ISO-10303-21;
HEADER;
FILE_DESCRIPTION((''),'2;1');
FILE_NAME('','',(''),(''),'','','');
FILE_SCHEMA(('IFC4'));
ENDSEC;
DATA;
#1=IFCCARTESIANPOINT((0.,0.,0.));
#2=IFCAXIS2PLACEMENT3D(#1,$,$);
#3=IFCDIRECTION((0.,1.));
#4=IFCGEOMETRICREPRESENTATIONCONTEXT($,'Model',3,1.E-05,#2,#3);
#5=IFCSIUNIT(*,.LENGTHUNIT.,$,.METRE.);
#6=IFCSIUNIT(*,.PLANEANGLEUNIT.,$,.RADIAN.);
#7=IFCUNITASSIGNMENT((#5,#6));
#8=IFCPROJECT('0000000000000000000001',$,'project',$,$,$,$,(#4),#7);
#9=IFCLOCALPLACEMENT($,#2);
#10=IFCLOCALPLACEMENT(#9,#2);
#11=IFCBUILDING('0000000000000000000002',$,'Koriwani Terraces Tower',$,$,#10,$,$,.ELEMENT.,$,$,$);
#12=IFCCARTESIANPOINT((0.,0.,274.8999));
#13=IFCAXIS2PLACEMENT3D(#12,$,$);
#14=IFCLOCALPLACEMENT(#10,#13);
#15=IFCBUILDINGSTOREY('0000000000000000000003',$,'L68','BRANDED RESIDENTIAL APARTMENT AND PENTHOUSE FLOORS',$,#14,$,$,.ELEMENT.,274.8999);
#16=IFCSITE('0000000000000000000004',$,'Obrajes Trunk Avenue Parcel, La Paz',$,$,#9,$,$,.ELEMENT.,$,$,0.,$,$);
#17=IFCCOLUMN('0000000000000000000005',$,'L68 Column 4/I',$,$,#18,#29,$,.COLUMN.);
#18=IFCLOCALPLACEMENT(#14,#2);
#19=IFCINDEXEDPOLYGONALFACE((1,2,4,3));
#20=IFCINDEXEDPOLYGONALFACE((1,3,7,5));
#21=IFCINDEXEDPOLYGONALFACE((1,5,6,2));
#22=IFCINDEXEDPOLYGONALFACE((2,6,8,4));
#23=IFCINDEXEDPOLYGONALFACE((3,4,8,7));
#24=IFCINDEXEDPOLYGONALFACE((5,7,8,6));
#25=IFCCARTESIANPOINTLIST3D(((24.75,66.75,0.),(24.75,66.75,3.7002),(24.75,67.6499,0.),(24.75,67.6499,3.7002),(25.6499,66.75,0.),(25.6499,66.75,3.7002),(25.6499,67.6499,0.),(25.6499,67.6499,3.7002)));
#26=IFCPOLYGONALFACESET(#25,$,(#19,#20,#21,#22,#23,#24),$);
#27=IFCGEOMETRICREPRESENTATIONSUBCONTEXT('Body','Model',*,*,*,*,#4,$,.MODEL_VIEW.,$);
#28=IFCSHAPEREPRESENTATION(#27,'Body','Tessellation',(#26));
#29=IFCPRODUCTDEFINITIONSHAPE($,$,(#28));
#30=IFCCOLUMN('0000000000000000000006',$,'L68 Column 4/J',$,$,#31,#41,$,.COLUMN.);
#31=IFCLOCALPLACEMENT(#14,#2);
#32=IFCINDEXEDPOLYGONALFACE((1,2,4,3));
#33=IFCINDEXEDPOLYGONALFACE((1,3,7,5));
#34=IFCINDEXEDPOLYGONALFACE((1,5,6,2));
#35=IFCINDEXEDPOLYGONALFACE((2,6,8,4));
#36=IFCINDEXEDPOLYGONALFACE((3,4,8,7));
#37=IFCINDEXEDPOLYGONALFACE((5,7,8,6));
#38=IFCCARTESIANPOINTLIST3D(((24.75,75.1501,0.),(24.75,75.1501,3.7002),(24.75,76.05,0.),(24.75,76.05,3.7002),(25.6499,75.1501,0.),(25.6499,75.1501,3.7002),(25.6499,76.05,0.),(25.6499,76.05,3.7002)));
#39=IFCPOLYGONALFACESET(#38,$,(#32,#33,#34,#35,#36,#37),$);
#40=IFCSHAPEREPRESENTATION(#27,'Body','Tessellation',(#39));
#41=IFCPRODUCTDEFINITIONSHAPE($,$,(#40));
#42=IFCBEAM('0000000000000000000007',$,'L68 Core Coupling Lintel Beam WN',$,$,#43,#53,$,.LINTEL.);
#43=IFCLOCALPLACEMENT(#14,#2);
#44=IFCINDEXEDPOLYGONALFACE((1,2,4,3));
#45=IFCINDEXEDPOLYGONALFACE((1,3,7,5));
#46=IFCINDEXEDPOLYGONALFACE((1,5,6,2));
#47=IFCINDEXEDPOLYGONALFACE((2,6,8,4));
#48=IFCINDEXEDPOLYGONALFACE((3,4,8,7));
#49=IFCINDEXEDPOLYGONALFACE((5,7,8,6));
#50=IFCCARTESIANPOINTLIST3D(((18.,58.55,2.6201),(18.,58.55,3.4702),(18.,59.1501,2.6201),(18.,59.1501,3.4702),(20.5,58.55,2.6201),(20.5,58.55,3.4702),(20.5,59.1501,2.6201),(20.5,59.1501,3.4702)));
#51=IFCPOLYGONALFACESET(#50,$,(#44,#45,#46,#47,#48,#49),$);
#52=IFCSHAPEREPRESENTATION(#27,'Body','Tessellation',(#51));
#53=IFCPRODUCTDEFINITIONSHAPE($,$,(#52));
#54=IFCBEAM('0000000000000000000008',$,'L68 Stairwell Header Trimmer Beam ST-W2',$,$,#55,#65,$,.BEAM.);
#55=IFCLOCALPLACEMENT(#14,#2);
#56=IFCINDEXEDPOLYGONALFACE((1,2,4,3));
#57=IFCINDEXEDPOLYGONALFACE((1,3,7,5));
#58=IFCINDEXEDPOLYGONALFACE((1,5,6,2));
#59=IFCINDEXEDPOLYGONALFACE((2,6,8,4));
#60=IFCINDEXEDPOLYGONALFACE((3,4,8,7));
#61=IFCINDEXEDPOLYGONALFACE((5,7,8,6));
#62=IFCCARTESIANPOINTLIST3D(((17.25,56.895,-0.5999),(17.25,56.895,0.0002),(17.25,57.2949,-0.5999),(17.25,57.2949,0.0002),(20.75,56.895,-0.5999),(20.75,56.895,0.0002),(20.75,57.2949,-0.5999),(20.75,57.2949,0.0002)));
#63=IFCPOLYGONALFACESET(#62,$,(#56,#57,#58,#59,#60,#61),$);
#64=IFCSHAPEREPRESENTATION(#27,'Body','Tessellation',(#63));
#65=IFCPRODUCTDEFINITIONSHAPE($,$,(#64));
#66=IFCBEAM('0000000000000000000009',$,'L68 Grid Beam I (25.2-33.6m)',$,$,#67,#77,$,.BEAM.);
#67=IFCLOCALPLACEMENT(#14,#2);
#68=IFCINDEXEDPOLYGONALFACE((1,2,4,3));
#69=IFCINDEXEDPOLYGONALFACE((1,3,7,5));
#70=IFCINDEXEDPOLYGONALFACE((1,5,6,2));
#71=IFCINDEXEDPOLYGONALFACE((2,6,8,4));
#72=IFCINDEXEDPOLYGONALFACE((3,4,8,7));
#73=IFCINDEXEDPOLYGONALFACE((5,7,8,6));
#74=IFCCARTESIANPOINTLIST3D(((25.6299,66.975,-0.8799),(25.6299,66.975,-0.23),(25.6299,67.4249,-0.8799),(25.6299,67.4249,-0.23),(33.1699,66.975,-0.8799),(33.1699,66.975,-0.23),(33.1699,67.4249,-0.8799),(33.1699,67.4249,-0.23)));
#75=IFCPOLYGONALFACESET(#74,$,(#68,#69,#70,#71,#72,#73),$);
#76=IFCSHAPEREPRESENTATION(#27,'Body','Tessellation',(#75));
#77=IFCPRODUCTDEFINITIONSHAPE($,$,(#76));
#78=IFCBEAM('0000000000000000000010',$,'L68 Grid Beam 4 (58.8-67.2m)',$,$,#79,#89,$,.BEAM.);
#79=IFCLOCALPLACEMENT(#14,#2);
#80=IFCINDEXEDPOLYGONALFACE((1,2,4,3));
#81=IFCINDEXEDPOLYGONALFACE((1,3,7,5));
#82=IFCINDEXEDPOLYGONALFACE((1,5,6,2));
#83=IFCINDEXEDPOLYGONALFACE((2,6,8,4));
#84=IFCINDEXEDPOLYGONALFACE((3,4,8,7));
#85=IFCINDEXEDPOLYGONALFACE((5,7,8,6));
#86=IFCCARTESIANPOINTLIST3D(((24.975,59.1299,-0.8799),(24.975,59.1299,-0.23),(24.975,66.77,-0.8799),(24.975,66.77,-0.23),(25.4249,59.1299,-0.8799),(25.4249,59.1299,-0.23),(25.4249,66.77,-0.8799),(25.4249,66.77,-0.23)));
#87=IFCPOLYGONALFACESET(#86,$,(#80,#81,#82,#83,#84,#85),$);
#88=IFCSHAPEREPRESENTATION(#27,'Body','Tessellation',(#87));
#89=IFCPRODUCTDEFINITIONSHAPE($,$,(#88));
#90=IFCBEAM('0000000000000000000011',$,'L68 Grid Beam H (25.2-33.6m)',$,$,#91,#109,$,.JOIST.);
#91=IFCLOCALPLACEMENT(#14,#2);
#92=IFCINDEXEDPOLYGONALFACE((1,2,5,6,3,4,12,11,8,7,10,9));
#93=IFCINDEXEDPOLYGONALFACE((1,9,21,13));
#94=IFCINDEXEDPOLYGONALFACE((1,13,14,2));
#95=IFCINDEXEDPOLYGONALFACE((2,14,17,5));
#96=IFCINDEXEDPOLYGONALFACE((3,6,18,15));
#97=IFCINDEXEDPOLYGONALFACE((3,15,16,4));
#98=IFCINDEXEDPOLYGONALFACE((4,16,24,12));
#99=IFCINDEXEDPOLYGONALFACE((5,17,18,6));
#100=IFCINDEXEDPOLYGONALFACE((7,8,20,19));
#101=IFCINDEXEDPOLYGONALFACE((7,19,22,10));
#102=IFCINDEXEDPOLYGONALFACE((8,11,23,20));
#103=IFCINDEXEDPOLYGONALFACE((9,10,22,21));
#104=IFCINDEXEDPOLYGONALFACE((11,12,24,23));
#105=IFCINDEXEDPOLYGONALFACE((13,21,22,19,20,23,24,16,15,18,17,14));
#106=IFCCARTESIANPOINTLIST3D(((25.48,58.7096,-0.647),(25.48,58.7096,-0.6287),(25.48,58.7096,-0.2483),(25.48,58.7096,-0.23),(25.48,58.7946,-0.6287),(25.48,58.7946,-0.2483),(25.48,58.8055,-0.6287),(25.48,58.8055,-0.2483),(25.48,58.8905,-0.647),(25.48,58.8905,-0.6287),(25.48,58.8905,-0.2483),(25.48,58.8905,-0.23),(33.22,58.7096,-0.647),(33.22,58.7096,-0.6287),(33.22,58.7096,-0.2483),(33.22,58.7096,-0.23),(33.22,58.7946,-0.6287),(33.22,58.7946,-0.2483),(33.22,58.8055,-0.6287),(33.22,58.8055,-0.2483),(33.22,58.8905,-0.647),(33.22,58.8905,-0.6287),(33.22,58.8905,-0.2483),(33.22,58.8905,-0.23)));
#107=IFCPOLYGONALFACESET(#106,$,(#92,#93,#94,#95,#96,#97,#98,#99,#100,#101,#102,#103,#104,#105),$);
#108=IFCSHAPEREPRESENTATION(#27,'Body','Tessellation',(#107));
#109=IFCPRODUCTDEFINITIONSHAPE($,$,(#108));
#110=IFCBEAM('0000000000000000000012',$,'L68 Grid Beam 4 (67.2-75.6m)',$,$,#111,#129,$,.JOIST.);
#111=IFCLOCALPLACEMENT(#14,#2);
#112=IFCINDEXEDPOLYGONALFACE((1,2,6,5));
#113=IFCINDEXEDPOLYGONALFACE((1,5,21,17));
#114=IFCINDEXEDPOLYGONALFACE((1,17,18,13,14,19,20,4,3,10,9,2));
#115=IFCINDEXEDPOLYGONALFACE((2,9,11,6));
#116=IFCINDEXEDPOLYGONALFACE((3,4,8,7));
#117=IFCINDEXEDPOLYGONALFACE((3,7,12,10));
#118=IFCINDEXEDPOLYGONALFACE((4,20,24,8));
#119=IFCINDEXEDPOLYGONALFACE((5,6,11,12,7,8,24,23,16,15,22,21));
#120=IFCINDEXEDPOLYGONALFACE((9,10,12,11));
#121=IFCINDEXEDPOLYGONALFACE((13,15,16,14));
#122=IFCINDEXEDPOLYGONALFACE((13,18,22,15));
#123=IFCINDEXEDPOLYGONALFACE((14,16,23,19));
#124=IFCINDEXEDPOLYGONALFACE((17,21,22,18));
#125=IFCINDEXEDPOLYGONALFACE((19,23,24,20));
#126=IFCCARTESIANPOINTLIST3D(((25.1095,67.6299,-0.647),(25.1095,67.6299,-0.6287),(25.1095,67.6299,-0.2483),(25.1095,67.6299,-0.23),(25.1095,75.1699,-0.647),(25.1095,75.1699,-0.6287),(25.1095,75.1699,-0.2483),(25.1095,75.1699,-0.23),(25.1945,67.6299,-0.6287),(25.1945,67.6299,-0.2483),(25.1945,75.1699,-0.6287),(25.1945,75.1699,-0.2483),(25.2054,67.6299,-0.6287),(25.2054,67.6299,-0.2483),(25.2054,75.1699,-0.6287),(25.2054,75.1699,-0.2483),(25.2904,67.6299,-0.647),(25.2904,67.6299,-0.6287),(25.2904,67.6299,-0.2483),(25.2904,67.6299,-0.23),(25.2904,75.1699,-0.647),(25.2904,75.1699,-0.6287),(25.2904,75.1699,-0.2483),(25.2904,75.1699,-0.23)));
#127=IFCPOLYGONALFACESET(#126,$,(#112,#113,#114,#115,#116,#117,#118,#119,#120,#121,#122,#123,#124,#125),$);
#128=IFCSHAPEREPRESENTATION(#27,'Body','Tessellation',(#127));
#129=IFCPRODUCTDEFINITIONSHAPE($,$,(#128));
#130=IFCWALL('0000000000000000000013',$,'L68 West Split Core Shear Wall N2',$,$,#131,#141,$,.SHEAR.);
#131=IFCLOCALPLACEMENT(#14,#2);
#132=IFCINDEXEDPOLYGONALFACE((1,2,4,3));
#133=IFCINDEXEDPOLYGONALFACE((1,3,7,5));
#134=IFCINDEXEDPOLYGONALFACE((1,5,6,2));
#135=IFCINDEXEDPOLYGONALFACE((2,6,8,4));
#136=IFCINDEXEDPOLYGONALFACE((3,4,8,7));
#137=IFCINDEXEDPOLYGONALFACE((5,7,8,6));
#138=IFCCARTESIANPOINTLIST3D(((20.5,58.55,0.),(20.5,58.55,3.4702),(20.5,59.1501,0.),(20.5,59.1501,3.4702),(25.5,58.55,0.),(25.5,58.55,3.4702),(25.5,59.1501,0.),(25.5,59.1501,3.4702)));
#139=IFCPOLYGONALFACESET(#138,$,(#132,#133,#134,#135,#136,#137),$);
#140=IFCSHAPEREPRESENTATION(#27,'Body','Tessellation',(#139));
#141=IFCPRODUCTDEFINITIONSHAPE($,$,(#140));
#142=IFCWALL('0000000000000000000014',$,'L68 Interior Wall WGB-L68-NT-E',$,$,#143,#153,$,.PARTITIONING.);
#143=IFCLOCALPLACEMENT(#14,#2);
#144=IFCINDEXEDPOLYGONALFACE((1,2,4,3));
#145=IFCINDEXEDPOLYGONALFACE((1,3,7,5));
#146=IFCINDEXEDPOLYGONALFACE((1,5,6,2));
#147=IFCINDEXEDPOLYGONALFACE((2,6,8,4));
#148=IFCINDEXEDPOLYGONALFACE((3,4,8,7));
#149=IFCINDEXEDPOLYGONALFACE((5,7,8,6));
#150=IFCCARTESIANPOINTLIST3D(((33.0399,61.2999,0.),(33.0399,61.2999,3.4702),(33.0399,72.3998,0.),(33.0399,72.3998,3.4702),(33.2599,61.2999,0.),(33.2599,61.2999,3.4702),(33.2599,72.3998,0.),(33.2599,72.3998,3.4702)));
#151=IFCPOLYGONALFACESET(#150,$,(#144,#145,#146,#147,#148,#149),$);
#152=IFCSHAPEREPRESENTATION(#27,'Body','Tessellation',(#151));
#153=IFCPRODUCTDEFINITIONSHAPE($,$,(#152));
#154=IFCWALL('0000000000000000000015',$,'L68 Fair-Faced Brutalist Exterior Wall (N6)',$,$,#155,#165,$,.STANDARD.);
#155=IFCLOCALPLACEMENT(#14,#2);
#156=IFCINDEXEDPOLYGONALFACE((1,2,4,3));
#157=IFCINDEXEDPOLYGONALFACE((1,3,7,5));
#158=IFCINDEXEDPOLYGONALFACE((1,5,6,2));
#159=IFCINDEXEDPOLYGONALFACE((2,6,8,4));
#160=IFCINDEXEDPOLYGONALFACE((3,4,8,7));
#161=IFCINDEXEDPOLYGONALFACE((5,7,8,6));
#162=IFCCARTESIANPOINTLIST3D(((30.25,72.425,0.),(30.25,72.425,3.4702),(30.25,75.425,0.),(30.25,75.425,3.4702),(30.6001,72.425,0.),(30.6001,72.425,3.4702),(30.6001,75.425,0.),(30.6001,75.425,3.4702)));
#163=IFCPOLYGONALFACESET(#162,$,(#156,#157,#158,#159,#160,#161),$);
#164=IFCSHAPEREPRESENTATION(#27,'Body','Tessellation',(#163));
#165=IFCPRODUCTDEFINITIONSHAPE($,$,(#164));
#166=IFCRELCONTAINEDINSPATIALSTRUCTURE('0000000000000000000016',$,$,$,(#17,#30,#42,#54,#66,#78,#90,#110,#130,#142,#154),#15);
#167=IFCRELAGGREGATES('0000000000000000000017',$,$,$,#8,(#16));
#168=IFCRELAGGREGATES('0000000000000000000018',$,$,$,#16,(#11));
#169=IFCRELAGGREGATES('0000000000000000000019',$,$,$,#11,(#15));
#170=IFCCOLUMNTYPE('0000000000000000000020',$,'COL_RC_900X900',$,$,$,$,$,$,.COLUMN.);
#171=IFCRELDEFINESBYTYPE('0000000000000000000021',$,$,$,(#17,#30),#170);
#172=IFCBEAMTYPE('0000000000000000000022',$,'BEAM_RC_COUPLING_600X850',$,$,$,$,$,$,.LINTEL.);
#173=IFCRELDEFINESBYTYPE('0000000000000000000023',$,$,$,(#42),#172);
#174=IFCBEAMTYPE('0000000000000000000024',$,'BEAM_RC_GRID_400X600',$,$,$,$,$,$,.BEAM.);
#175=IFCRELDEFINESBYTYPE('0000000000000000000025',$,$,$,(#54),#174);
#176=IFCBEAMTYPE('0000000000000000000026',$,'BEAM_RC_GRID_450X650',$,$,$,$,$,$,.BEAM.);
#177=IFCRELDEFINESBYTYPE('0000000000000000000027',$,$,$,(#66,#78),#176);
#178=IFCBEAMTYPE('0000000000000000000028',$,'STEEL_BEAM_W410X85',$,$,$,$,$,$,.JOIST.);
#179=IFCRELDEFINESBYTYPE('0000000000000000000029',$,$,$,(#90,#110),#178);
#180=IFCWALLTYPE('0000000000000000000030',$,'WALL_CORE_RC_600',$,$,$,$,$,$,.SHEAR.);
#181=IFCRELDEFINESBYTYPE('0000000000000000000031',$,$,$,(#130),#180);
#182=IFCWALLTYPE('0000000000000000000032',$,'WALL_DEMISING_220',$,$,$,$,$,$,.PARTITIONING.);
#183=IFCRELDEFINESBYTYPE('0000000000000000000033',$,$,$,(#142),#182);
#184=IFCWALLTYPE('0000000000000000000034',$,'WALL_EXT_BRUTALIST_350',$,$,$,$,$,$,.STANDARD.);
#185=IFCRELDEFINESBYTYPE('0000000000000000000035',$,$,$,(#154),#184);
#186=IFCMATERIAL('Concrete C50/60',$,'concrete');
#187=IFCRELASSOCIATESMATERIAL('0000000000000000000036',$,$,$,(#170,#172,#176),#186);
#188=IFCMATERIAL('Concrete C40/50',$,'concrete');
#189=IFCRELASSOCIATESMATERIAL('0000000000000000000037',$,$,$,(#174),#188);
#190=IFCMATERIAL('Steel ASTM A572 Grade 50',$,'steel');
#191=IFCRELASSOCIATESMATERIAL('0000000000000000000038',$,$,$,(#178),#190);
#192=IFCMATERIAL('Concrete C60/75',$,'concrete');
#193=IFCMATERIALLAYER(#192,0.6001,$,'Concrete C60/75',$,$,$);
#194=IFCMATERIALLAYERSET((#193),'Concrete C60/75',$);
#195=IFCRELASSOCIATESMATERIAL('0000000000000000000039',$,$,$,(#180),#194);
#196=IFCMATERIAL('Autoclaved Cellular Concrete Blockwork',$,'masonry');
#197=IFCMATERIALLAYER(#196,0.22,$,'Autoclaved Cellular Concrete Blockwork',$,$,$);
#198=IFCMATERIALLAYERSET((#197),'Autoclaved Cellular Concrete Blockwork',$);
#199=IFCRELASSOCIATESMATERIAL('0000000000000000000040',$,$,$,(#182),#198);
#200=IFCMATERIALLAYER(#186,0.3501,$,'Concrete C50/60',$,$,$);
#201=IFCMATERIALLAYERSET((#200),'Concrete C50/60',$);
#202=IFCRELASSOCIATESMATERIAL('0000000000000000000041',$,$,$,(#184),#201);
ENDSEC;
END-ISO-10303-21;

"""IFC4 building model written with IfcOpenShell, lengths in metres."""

from ifc_helpers import new_model, si_unit, direction, frame, frame_2d, origin, origin_2d, place, context, subcontext, project, spatial, rectangle, i_section, extrude, material, layer, layer_set, material_profile, profile_set, type_object, element, save


model = new_model("IFC4")

# Units and contexts
model_context = context("Model", 3, precision=1e-05, world=origin(), true_north=direction((0.0, 1.0)))
body_context = subcontext(model_context, "Body", "Model", "MODEL_VIEW")
ifc_project = project(units=[si_unit("LENGTHUNIT", "METRE"), si_unit("PLANEANGLEUNIT", "RADIAN")], contexts=[model_context])

# Site, building, storey
site_placement = place(None, origin())
site = spatial("IfcSite", under=ifc_project, at=site_placement, Name="Obrajes Trunk Avenue Parcel, La Paz", CompositionType="ELEMENT", RefElevation=0.0)
building_placement = place(site_placement, origin())
building = spatial("IfcBuilding", under=site, at=building_placement, Name="Koriwani Terraces Tower", CompositionType="ELEMENT")
storey_placement = place(building_placement, frame((0.0, 0.0, 274.8999)))
storey = spatial("IfcBuildingStorey", under=building, at=storey_placement, Name="L68", Description="BRANDED RESIDENTIAL APARTMENT AND PENTHOUSE FLOORS", CompositionType="ELEMENT", Elevation=274.8999)

# Columns
ifc_material_1 = material(Name="Concrete C50/60", Category="concrete")
ifc_material_profile_1 = material_profile(ifc_material_1, rectangle(XDim=0.8999, YDim=0.8999, at=origin_2d()), Name="Concrete C50/60", Category="LoadBearing")
ifc_profile_set_1 = profile_set([ifc_material_profile_1], Name="Concrete C50/60")
column_type = type_object("IfcColumnType", Name="COL_RC_900X900", PredefinedType="COLUMN", material=ifc_profile_set_1)
for number, where, z_axis, x_axis, name in (
    (1, (25.2, 67.2, 0.0), (0.0, 0.0, 1.0), (1.0, 0.0, 0.0), "L68 Column 4/I"),
    (2, (25.2, 75.6001, 0.0), (0.0, 0.0, 1.0), (1.0, 0.0, 0.0), "L68 Column 4/J"),
):
    element("IfcColumn", number, at=place(storey_placement, frame(where, z_axis=z_axis, x_axis=x_axis)), inside=storey, type_object=column_type, Name=name, PredefinedType="COLUMN", context=body_context, shape_type="SweptSolid", body=[
        extrude(rectangle(XDim=0.8999, YDim=0.8999, at=origin_2d()), origin(), (0.0, 0.0, 1.0), 3.7002),
    ])

# Beams
ifc_material_profile_2 = material_profile(ifc_material_1, rectangle(XDim=0.6001, YDim=0.8501, at=origin_2d()), Name="Concrete C50/60", Category="LoadBearing")
ifc_profile_set_2 = profile_set([ifc_material_profile_2], Name="Concrete C50/60")
beam_type_1 = type_object("IfcBeamType", Name="BEAM_RC_COUPLING_600X850", PredefinedType="LINTEL", material=ifc_profile_set_2)
beam_1_placement = place(storey_placement, frame((18.0, 58.8501, 3.0452), z_axis=(1.0, 0.0, 0.0), x_axis=(0.0, 1.0, 0.0)))
element("IfcBeam", 3, at=beam_1_placement, inside=storey, type_object=beam_type_1, Name="L68 Core Coupling Lintel Beam WN", PredefinedType="LINTEL", context=body_context, shape_type="SweptSolid", body=[
    extrude(rectangle(XDim=0.6001, YDim=0.8501, at=origin_2d()), origin(), (0.0, 0.0, 1.0), 2.5),
])
ifc_material_2 = material(Name="Concrete C40/50", Category="concrete")
ifc_material_profile_3 = material_profile(ifc_material_2, rectangle(XDim=0.3999, YDim=0.6001, at=origin_2d()), Name="Concrete C40/50", Category="LoadBearing")
ifc_profile_set_3 = profile_set([ifc_material_profile_3], Name="Concrete C40/50")
beam_type_2 = type_object("IfcBeamType", Name="BEAM_RC_GRID_400X600", PredefinedType="BEAM", material=ifc_profile_set_3)
beam_2_placement = place(storey_placement, frame((17.25, 57.095, -0.2998), z_axis=(1.0, 0.0, 0.0), x_axis=(0.0, 1.0, 0.0)))
element("IfcBeam", 4, at=beam_2_placement, inside=storey, type_object=beam_type_2, Name="L68 Stairwell Header Trimmer Beam ST-W2", PredefinedType="BEAM", context=body_context, shape_type="SweptSolid", body=[
    extrude(rectangle(XDim=0.3999, YDim=0.6001, at=origin_2d()), origin(), (0.0, 0.0, 1.0), 3.5),
])
ifc_material_profile_4 = material_profile(ifc_material_1, rectangle(XDim=0.45, YDim=0.6499, at=origin_2d()), Name="Concrete C50/60", Category="LoadBearing")
ifc_profile_set_4 = profile_set([ifc_material_profile_4], Name="Concrete C50/60")
beam_type_3 = type_object("IfcBeamType", Name="BEAM_RC_GRID_450X650", PredefinedType="BEAM", material=ifc_profile_set_4)
beam_3_placement = place(storey_placement, frame((25.6299, 67.2, -0.5549), z_axis=(1.0, 0.0, 0.0), x_axis=(0.0, 1.0, 0.0)))
element("IfcBeam", 5, at=beam_3_placement, inside=storey, type_object=beam_type_3, Name="L68 Grid Beam I (25.2-33.6m)", PredefinedType="BEAM", context=body_context, shape_type="SweptSolid", body=[
    extrude(rectangle(XDim=0.45, YDim=0.6499, at=origin_2d()), origin(), (0.0, 0.0, 1.0), 7.54),
])
beam_4_placement = place(storey_placement, frame((25.2, 59.1299, -0.5549), z_axis=(0.0, 1.0, 0.0), x_axis=(-1.0, 0.0, 0.0)))
element("IfcBeam", 6, at=beam_4_placement, inside=storey, type_object=beam_type_3, Name="L68 Grid Beam 4 (58.8-67.2m)", PredefinedType="BEAM", context=body_context, shape_type="SweptSolid", body=[
    extrude(rectangle(XDim=0.45, YDim=0.6499, at=origin_2d()), origin(), (0.0, 0.0, 1.0), 7.6401),
])
ifc_material_3 = material(Name="Steel ASTM A572 Grade 50", Category="steel")
ifc_material_profile_5 = material_profile(ifc_material_3, i_section(OverallWidth=0.1809, OverallDepth=0.417, WebThickness=0.011, FlangeThickness=0.0183, at=origin_2d()), Name="Steel ASTM A572 Grade 50", Category="LoadBearing")
ifc_profile_set_5 = profile_set([ifc_material_profile_5], Name="Steel ASTM A572 Grade 50")
beam_type_4 = type_object("IfcBeamType", Name="STEEL_BEAM_W410X85", PredefinedType="JOIST", material=ifc_profile_set_5)
beam_5_placement = place(storey_placement, frame((25.48, 58.8, -0.4385), z_axis=(1.0, 0.0, 0.0), x_axis=(0.0, 1.0, 0.0)))
element("IfcBeam", 7, at=beam_5_placement, inside=storey, type_object=beam_type_4, Name="L68 Grid Beam H (25.2-33.6m)", PredefinedType="JOIST", context=body_context, shape_type="SweptSolid", body=[
    extrude(i_section(OverallWidth=0.1809, OverallDepth=0.417, WebThickness=0.011, FlangeThickness=0.0183, at=origin_2d()), origin(), (0.0, 0.0, 1.0), 7.74),
])
beam_6_placement = place(storey_placement, frame((25.2, 67.6299, -0.4385), z_axis=(0.0, 1.0, 0.0), x_axis=(-1.0, 0.0, 0.0)))
element("IfcBeam", 8, at=beam_6_placement, inside=storey, type_object=beam_type_4, Name="L68 Grid Beam 4 (67.2-75.6m)", PredefinedType="JOIST", context=body_context, shape_type="SweptSolid", body=[
    extrude(i_section(OverallWidth=0.1809, OverallDepth=0.417, WebThickness=0.011, FlangeThickness=0.0183, at=origin_2d()), origin(), (0.0, 0.0, 1.0), 7.54),
])

# Walls
ifc_material_4 = material(Name="Concrete C60/75", Category="concrete")
ifc_layer_1 = layer(ifc_material_4, 0.6001, Name="Concrete C60/75")
ifc_layer_set_1 = layer_set([ifc_layer_1], Name="Concrete C60/75")
wall_type_1 = type_object("IfcWallType", Name="WALL_CORE_RC_600", PredefinedType="SHEAR", material=ifc_layer_set_1)
wall_1_placement = place(storey_placement, frame((20.5, 58.8501, 0.0), z_axis=(0.0, 0.0, 1.0), x_axis=(1.0, 0.0, 0.0)))
element("IfcWall", 9, at=wall_1_placement, inside=storey, type_object=wall_type_1, Name="L68 West Split Core Shear Wall N2", PredefinedType="SHEAR", context=body_context, shape_type="SweptSolid", body=[
    extrude(rectangle(XDim=5.0, YDim=0.6001, at=frame_2d((2.5, 0.0))), origin(), (0.0, 0.0, 1.0), 3.4702),
])
ifc_material_5 = material(Name="Autoclaved Cellular Concrete Blockwork", Category="masonry")
ifc_layer_2 = layer(ifc_material_5, 0.22, Name="Autoclaved Cellular Concrete Blockwork")
ifc_layer_set_2 = layer_set([ifc_layer_2], Name="Autoclaved Cellular Concrete Blockwork")
wall_type_2 = type_object("IfcWallType", Name="WALL_DEMISING_220", PredefinedType="PARTITIONING", material=ifc_layer_set_2)
wall_2_placement = place(storey_placement, frame((33.1499, 61.3, 0.0), z_axis=(0.0, 0.0, 1.0), x_axis=(0.0, 1.0, 0.0)))
element("IfcWall", 10, at=wall_2_placement, inside=storey, type_object=wall_type_2, Name="L68 Interior Wall WGB-L68-NT-E", PredefinedType="PARTITIONING", context=body_context, shape_type="SweptSolid", body=[
    extrude(rectangle(XDim=11.0999, YDim=0.22, at=frame_2d((5.5498, 0.0))), origin(), (0.0, 0.0, 1.0), 3.4702),
])
ifc_layer_3 = layer(ifc_material_1, 0.3501, Name="Concrete C50/60")
ifc_layer_set_3 = layer_set([ifc_layer_3], Name="Concrete C50/60")
wall_type_3 = type_object("IfcWallType", Name="WALL_EXT_BRUTALIST_350", PredefinedType="STANDARD", material=ifc_layer_set_3)
wall_3_placement = place(storey_placement, frame((30.425, 75.425, 0.0), z_axis=(0.0, 0.0, 1.0), x_axis=(0.0, -1.0, 0.0)))
element("IfcWall", 11, at=wall_3_placement, inside=storey, type_object=wall_type_3, Name="L68 Fair-Faced Brutalist Exterior Wall (N6)", PredefinedType="STANDARD", context=body_context, shape_type="SweptSolid", body=[
    extrude(rectangle(XDim=3.0, YDim=0.3501, at=frame_2d((1.5, 0.0))), origin(), (0.0, 0.0, 1.0), 3.4702),
])

save(model, "model.ifc")
